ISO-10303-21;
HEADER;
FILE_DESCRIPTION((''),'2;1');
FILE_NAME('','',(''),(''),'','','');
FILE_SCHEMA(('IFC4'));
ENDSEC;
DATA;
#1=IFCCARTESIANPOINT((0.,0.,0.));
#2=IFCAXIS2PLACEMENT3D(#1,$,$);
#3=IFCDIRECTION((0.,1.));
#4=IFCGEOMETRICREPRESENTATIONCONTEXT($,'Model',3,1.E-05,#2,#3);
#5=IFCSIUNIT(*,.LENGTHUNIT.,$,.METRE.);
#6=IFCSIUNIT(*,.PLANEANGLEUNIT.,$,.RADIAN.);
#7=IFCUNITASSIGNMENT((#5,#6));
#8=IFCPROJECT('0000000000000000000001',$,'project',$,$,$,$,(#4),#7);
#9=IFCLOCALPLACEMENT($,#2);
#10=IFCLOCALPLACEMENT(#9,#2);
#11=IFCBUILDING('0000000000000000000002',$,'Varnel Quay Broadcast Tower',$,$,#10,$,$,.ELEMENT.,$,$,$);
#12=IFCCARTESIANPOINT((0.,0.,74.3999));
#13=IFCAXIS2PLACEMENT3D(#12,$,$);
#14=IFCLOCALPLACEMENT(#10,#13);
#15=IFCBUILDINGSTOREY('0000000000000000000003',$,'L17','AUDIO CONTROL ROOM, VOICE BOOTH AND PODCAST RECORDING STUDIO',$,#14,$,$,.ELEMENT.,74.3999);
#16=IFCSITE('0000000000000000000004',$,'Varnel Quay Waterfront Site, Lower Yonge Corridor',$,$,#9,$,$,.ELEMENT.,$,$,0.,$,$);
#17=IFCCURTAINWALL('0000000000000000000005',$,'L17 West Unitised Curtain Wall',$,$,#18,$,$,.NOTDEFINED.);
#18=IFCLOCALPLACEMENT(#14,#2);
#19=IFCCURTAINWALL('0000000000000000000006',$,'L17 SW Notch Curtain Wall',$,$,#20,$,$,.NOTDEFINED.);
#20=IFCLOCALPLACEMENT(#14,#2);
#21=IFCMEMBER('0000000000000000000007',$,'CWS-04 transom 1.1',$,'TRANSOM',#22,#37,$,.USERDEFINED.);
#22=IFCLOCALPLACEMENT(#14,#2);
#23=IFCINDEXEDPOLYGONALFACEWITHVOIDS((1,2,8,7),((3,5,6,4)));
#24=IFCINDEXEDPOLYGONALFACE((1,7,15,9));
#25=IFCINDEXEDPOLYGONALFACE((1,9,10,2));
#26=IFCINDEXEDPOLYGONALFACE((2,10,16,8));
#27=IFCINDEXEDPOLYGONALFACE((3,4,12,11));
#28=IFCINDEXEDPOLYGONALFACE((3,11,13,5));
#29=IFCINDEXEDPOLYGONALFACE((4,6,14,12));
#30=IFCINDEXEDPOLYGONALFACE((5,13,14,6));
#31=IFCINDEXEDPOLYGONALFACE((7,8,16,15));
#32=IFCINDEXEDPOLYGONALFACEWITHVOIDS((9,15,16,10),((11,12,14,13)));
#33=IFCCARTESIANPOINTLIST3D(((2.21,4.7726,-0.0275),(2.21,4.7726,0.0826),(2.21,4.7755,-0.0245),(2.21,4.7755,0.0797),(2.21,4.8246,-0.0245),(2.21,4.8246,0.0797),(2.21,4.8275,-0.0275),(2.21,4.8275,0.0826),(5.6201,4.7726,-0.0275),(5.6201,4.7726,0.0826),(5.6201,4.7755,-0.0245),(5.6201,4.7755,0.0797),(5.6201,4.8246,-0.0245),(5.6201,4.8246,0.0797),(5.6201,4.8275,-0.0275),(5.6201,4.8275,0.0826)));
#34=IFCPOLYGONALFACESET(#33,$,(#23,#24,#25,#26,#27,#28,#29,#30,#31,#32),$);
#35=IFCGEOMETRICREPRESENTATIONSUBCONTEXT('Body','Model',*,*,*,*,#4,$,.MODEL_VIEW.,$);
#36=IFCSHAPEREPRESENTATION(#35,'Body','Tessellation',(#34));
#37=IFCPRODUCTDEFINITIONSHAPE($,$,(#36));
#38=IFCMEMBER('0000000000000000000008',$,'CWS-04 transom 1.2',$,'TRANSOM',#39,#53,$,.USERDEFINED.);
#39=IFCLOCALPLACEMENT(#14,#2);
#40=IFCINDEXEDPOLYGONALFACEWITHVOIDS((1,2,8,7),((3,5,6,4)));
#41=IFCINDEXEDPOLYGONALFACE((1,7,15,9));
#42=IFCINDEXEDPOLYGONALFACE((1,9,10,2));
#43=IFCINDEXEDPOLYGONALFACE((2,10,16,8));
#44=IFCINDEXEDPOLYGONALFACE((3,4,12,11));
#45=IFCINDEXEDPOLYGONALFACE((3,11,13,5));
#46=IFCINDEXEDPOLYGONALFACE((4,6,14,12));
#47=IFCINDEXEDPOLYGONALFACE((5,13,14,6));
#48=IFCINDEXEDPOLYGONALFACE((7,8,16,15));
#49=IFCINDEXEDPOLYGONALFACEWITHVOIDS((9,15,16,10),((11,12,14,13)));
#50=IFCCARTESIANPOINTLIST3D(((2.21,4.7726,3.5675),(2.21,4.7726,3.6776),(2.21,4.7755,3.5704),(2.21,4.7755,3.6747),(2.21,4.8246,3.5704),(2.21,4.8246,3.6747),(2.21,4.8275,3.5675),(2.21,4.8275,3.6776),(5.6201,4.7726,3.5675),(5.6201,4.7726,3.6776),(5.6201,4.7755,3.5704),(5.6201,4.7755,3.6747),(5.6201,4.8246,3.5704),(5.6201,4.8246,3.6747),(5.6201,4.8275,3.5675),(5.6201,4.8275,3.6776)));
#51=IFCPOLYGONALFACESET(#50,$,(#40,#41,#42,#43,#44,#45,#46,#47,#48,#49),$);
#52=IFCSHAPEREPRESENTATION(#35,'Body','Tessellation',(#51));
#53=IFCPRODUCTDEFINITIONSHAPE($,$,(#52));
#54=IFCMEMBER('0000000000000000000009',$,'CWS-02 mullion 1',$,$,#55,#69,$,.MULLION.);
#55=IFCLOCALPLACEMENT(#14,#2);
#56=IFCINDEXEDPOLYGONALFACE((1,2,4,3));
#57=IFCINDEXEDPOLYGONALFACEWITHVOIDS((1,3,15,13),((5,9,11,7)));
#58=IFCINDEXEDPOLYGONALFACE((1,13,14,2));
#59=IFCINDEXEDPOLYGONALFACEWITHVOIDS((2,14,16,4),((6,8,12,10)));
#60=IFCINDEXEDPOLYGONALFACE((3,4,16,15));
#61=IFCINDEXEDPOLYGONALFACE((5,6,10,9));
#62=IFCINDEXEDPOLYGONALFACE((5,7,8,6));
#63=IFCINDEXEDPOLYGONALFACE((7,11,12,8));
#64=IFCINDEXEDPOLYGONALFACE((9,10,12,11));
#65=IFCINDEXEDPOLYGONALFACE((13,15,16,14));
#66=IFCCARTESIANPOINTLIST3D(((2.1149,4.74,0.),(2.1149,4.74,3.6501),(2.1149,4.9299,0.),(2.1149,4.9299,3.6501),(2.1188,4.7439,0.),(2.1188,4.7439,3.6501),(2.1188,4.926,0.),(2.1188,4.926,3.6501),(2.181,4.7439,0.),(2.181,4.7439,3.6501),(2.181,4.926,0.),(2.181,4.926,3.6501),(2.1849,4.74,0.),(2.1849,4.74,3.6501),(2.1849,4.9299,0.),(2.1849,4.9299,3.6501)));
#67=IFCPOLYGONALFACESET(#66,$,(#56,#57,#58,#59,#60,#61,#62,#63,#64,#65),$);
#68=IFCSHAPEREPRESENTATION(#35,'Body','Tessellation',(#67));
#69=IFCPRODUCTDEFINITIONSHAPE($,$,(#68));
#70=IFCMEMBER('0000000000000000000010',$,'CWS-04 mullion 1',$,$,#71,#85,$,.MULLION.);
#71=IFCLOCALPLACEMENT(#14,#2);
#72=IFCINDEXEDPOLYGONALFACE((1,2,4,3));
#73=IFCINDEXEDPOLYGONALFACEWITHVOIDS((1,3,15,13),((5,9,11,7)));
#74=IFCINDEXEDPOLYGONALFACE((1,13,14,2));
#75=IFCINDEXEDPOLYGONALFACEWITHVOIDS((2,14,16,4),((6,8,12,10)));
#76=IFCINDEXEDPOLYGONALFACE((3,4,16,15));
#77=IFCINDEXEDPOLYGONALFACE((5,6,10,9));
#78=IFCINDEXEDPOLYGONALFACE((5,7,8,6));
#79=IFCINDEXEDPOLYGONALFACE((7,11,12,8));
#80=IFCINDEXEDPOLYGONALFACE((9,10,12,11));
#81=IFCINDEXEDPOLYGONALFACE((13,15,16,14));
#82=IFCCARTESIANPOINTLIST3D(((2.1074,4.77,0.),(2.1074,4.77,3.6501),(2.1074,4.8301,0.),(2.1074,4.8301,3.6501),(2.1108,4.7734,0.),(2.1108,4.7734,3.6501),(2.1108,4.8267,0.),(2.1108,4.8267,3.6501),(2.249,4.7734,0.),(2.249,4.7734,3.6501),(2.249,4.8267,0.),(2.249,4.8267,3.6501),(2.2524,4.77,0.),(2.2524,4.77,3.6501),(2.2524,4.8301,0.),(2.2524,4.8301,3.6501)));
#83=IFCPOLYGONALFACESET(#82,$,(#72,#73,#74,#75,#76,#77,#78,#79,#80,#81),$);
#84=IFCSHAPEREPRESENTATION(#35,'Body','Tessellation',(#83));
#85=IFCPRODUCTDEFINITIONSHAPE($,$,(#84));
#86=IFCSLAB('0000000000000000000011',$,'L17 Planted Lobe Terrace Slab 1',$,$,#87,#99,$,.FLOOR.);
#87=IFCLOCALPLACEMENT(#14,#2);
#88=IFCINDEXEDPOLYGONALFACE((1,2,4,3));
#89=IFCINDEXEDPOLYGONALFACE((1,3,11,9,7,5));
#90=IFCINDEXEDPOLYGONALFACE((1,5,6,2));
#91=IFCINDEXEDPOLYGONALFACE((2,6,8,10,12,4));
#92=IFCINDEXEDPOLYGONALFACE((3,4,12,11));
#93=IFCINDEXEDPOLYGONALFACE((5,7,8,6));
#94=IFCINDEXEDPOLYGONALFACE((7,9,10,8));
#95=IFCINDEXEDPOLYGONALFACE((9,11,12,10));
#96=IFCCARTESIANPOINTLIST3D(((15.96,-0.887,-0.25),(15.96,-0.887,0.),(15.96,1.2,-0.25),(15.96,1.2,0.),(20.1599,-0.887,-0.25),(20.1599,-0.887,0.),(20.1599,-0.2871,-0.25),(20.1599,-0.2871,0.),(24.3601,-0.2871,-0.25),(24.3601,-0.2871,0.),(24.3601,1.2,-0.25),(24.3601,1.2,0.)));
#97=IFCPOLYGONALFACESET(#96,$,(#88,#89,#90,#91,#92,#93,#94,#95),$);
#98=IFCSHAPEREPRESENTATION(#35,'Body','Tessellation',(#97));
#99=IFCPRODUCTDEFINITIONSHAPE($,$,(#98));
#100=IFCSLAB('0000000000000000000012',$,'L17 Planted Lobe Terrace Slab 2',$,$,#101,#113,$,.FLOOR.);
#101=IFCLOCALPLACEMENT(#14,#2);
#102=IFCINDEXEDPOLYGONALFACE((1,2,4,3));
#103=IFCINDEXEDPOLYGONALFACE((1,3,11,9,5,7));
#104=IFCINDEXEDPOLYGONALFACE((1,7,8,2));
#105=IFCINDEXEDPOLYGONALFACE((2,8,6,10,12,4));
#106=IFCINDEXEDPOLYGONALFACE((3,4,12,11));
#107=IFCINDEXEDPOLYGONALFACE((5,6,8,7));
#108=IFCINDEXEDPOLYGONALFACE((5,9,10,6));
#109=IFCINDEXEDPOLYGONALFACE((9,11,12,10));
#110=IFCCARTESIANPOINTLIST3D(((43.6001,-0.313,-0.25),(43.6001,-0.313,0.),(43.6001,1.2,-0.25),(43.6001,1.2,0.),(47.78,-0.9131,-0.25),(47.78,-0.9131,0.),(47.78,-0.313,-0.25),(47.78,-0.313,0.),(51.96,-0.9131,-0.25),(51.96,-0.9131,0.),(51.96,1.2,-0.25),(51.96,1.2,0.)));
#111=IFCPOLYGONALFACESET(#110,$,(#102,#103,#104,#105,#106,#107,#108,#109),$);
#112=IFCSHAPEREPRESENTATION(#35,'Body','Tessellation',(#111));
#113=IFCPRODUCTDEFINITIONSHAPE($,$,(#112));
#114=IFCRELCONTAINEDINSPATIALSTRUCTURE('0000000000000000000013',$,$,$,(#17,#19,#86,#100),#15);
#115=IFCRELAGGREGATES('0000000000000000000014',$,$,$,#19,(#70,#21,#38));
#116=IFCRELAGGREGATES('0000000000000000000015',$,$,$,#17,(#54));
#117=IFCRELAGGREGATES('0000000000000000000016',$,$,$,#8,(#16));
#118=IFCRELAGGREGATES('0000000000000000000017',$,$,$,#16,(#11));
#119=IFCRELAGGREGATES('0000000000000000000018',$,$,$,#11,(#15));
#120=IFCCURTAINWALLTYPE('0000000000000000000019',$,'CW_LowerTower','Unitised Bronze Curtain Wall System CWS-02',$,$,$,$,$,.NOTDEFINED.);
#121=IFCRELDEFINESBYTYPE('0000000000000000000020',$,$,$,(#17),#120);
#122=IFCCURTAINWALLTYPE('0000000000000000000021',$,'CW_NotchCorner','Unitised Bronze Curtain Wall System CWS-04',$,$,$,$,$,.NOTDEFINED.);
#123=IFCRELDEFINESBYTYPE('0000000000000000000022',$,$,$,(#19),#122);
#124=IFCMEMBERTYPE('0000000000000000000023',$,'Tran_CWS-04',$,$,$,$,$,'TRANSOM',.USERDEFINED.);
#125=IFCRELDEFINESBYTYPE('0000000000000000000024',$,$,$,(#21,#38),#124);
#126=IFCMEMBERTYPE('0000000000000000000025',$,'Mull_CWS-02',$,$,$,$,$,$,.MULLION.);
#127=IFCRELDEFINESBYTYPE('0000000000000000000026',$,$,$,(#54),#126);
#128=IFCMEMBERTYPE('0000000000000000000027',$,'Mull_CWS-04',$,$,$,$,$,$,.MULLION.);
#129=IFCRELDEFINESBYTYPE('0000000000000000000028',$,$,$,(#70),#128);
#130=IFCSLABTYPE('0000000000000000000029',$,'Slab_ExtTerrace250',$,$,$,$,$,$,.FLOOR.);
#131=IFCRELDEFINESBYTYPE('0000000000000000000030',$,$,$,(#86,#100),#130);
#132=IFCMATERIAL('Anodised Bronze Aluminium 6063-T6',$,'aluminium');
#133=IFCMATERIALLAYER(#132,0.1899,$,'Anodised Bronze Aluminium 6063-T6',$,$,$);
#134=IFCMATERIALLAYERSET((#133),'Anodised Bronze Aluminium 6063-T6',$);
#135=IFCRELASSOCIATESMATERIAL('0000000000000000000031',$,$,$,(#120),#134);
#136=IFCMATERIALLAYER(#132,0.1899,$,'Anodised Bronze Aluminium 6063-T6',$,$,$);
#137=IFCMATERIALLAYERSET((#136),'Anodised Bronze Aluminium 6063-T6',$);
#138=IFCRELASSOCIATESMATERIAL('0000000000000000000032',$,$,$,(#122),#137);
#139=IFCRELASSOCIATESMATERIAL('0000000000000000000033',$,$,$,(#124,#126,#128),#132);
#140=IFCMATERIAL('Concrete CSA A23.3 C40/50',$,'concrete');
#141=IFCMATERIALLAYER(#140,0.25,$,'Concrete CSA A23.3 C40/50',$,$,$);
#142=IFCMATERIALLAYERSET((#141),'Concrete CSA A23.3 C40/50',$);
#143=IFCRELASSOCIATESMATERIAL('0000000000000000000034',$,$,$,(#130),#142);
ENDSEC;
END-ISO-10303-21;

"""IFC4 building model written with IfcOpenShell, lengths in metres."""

from ifc_helpers import new_model, si_unit, direction, frame, origin, origin_2d, place, context, subcontext, project, spatial, polyline, hollow_rectangle, outline, extrude, source, transform, mapped, material, layer, layer_set, material_profile, profile_set, type_object, type_shapes, element, aggregate, save


model = new_model("IFC4")

# Units and contexts
model_context = context("Model", 3, precision=1e-05, world=origin(), true_north=direction((0.0, 1.0)))
body_context = subcontext(model_context, "Body", "Model", "MODEL_VIEW")
ifc_project = project(units=[si_unit("LENGTHUNIT", "METRE"), si_unit("PLANEANGLEUNIT", "RADIAN")], contexts=[model_context])

# Site, building, storey
site_placement = place(None, origin())
site = spatial("IfcSite", under=ifc_project, at=site_placement, Name="Varnel Quay Waterfront Site, Lower Yonge Corridor", CompositionType="ELEMENT", RefElevation=0.0)
building_placement = place(site_placement, origin())
building = spatial("IfcBuilding", under=site, at=building_placement, Name="Varnel Quay Broadcast Tower", CompositionType="ELEMENT")
storey_placement = place(building_placement, frame((0.0, 0.0, 74.3999)))
storey = spatial("IfcBuildingStorey", under=building, at=storey_placement, Name="L17", Description="AUDIO CONTROL ROOM, VOICE BOOTH AND PODCAST RECORDING STUDIO", CompositionType="ELEMENT", Elevation=74.3999)

# Curtain walls, members
ifc_material_1 = material(Name="Anodised Bronze Aluminium 6063-T6", Category="aluminium")
ifc_layer_1 = layer(ifc_material_1, 0.1899, Name="Anodised Bronze Aluminium 6063-T6")
ifc_layer_set_1 = layer_set([ifc_layer_1], Name="Anodised Bronze Aluminium 6063-T6")
curtain_wall_type_1 = type_object("IfcCurtainWallType", Name="CW_LowerTower", Description="Unitised Bronze Curtain Wall System CWS-02", PredefinedType="NOTDEFINED", material=ifc_layer_set_1)
curtain_wall_1_placement = place(storey_placement, origin())
curtain_wall_1 = element("IfcCurtainWall", 1, at=curtain_wall_1_placement, inside=storey, type_object=curtain_wall_type_1, Name="L17 West Unitised Curtain Wall", PredefinedType="NOTDEFINED")
ifc_layer_2 = layer(ifc_material_1, 0.1899, Name="Anodised Bronze Aluminium 6063-T6")
ifc_layer_set_2 = layer_set([ifc_layer_2], Name="Anodised Bronze Aluminium 6063-T6")
curtain_wall_type_2 = type_object("IfcCurtainWallType", Name="CW_NotchCorner", Description="Unitised Bronze Curtain Wall System CWS-04", PredefinedType="NOTDEFINED", material=ifc_layer_set_2)
curtain_wall_2_placement = place(storey_placement, origin())
curtain_wall_2 = element("IfcCurtainWall", 2, at=curtain_wall_2_placement, inside=storey, type_object=curtain_wall_type_2, Name="L17 SW Notch Curtain Wall", PredefinedType="NOTDEFINED")
ifc_material_profile_1 = material_profile(ifc_material_1, hollow_rectangle(XDim=0.0549, YDim=0.1101, WallThickness=0.0029, at=origin_2d()), Name="ALU55X110X3")
ifc_profile_set_1 = profile_set([ifc_material_profile_1], Name="Anodised Bronze Aluminium 6063-T6")
member_type_1 = type_object("IfcMemberType", Name="Tran_CWS-04", ElementType="TRANSOM", PredefinedType="USERDEFINED", material=ifc_profile_set_1)
shared_shape_1 = source(origin(), body_context, "Body", "SweptSolid", [
    extrude(hollow_rectangle(XDim=0.0549, YDim=0.1101, WallThickness=0.0029, at=origin_2d()), origin(), (0.0, 0.0, 1.0), 3.4102),
])
type_shapes(member_type_1, [shared_shape_1])
member_1_placement = place(storey_placement, frame((2.21, 4.8, 0.0276), z_axis=(1.0, 0.0, 0.0), x_axis=(0.0, 1.0, 0.0)))
member_1 = element("IfcMember", 3, at=member_1_placement, type_object=member_type_1, Name="CWS-04 transom 1.1", ObjectType="TRANSOM", PredefinedType="USERDEFINED", context=body_context, shape_type="MappedRepresentation", body=[
    mapped(shared_shape_1, transform((0.0, 0.0, 0.0), x_axis=(1.0, 0.0, 0.0), y_axis=(0.0, 1.0, 0.0), z_axis=(0.0, 0.0, 1.0), scale=1.0)),
])
member_2_placement = place(storey_placement, frame((2.21, 4.8, 3.6226), z_axis=(1.0, 0.0, 0.0), x_axis=(0.0, 1.0, 0.0)))
member_2 = element("IfcMember", 4, at=member_2_placement, type_object=member_type_1, Name="CWS-04 transom 1.2", ObjectType="TRANSOM", PredefinedType="USERDEFINED", context=body_context, shape_type="MappedRepresentation", body=[
    mapped(shared_shape_1, transform((0.0, 0.0, 0.0), x_axis=(1.0, 0.0, 0.0), y_axis=(0.0, 1.0, 0.0), z_axis=(0.0, 0.0, 1.0), scale=1.0)),
])

# Members
ifc_material_profile_2 = material_profile(ifc_material_1, hollow_rectangle(XDim=0.0701, YDim=0.1899, WallThickness=0.0039, at=origin_2d()), Name="ALU70X190X4")
ifc_profile_set_2 = profile_set([ifc_material_profile_2], Name="Anodised Bronze Aluminium 6063-T6")
member_type_2 = type_object("IfcMemberType", Name="Mull_CWS-02", PredefinedType="MULLION", material=ifc_profile_set_2)
shared_shape_2 = source(origin(), body_context, "Body", "SweptSolid", [
    extrude(hollow_rectangle(XDim=0.0701, YDim=0.1899, WallThickness=0.0039, at=origin_2d()), origin(), (0.0, 0.0, 1.0), 3.6501),
])
type_shapes(member_type_2, [shared_shape_2])
member_3_placement = place(storey_placement, frame((2.1499, 4.835, 0.0), z_axis=(0.0, 0.0, 1.0), x_axis=(-1.0, 0.0, 0.0)))
member_3 = element("IfcMember", 5, at=member_3_placement, type_object=member_type_2, Name="CWS-02 mullion 1", PredefinedType="MULLION", context=body_context, shape_type="MappedRepresentation", body=[
    mapped(shared_shape_2, transform((0.0, 0.0, 0.0), x_axis=(1.0, 0.0, 0.0), y_axis=(0.0, 1.0, 0.0), z_axis=(0.0, 0.0, 1.0), scale=1.0)),
])
ifc_material_profile_3 = material_profile(ifc_material_1, hollow_rectangle(XDim=0.0601, YDim=0.145, WallThickness=0.0034, at=origin_2d()), Name="ALU60X145X3.5")
ifc_profile_set_3 = profile_set([ifc_material_profile_3], Name="Anodised Bronze Aluminium 6063-T6")
member_type_3 = type_object("IfcMemberType", Name="Mull_CWS-04", PredefinedType="MULLION", material=ifc_profile_set_3)
shared_shape_3 = source(origin(), body_context, "Body", "SweptSolid", [
    extrude(hollow_rectangle(XDim=0.0601, YDim=0.145, WallThickness=0.0034, at=origin_2d()), origin(), (0.0, 0.0, 1.0), 3.6501),
])
type_shapes(member_type_3, [shared_shape_3])
member_4_placement = place(storey_placement, frame((2.1799, 4.8, 0.0), z_axis=(0.0, 0.0, 1.0), x_axis=(0.0, 1.0, 0.0)))
member_4 = element("IfcMember", 6, at=member_4_placement, type_object=member_type_3, Name="CWS-04 mullion 1", PredefinedType="MULLION", context=body_context, shape_type="MappedRepresentation", body=[
    mapped(shared_shape_3, transform((0.0, 0.0, 0.0), x_axis=(1.0, 0.0, 0.0), y_axis=(0.0, 1.0, 0.0), z_axis=(0.0, 0.0, 1.0), scale=1.0)),
])

# Slabs
ifc_material_2 = material(Name="Concrete CSA A23.3 C40/50", Category="concrete")
ifc_layer_3 = layer(ifc_material_2, 0.25, Name="Concrete CSA A23.3 C40/50")
ifc_layer_set_3 = layer_set([ifc_layer_3], Name="Concrete CSA A23.3 C40/50")
slab_type_1 = type_object("IfcSlabType", Name="Slab_ExtTerrace250", PredefinedType="FLOOR", material=ifc_layer_set_3)
slab_1_placement = place(storey_placement, frame((0.0, 0.0, -0.25)))
element("IfcSlab", 7, at=slab_1_placement, inside=storey, type_object=slab_type_1, Name="L17 Planted Lobe Terrace Slab 1", PredefinedType="FLOOR", context=body_context, shape_type="SweptSolid", body=[
    extrude(outline(polyline([(15.96, -0.887), (20.1599, -0.887), (20.1599, -0.2871), (24.3601, -0.2871), (24.3601, 1.2), (15.96, 1.2), (15.96, -0.887)])), origin(), (0.0, 0.0, 1.0), 0.25),
])
slab_2_placement = place(storey_placement, frame((0.0, 0.0, -0.25)))
element("IfcSlab", 8, at=slab_2_placement, inside=storey, type_object=slab_type_1, Name="L17 Planted Lobe Terrace Slab 2", PredefinedType="FLOOR", context=body_context, shape_type="SweptSolid", body=[
    extrude(outline(polyline([(43.6001, -0.313), (47.78, -0.313), (47.78, -0.9131), (51.96, -0.9131), (51.96, 1.2), (43.6001, 1.2), (43.6001, -0.313)])), origin(), (0.0, 0.0, 1.0), 0.25),
])

aggregate(curtain_wall_2, [member_4, member_1, member_2])
aggregate(curtain_wall_1, [member_3])

save(model, "model.ifc")
